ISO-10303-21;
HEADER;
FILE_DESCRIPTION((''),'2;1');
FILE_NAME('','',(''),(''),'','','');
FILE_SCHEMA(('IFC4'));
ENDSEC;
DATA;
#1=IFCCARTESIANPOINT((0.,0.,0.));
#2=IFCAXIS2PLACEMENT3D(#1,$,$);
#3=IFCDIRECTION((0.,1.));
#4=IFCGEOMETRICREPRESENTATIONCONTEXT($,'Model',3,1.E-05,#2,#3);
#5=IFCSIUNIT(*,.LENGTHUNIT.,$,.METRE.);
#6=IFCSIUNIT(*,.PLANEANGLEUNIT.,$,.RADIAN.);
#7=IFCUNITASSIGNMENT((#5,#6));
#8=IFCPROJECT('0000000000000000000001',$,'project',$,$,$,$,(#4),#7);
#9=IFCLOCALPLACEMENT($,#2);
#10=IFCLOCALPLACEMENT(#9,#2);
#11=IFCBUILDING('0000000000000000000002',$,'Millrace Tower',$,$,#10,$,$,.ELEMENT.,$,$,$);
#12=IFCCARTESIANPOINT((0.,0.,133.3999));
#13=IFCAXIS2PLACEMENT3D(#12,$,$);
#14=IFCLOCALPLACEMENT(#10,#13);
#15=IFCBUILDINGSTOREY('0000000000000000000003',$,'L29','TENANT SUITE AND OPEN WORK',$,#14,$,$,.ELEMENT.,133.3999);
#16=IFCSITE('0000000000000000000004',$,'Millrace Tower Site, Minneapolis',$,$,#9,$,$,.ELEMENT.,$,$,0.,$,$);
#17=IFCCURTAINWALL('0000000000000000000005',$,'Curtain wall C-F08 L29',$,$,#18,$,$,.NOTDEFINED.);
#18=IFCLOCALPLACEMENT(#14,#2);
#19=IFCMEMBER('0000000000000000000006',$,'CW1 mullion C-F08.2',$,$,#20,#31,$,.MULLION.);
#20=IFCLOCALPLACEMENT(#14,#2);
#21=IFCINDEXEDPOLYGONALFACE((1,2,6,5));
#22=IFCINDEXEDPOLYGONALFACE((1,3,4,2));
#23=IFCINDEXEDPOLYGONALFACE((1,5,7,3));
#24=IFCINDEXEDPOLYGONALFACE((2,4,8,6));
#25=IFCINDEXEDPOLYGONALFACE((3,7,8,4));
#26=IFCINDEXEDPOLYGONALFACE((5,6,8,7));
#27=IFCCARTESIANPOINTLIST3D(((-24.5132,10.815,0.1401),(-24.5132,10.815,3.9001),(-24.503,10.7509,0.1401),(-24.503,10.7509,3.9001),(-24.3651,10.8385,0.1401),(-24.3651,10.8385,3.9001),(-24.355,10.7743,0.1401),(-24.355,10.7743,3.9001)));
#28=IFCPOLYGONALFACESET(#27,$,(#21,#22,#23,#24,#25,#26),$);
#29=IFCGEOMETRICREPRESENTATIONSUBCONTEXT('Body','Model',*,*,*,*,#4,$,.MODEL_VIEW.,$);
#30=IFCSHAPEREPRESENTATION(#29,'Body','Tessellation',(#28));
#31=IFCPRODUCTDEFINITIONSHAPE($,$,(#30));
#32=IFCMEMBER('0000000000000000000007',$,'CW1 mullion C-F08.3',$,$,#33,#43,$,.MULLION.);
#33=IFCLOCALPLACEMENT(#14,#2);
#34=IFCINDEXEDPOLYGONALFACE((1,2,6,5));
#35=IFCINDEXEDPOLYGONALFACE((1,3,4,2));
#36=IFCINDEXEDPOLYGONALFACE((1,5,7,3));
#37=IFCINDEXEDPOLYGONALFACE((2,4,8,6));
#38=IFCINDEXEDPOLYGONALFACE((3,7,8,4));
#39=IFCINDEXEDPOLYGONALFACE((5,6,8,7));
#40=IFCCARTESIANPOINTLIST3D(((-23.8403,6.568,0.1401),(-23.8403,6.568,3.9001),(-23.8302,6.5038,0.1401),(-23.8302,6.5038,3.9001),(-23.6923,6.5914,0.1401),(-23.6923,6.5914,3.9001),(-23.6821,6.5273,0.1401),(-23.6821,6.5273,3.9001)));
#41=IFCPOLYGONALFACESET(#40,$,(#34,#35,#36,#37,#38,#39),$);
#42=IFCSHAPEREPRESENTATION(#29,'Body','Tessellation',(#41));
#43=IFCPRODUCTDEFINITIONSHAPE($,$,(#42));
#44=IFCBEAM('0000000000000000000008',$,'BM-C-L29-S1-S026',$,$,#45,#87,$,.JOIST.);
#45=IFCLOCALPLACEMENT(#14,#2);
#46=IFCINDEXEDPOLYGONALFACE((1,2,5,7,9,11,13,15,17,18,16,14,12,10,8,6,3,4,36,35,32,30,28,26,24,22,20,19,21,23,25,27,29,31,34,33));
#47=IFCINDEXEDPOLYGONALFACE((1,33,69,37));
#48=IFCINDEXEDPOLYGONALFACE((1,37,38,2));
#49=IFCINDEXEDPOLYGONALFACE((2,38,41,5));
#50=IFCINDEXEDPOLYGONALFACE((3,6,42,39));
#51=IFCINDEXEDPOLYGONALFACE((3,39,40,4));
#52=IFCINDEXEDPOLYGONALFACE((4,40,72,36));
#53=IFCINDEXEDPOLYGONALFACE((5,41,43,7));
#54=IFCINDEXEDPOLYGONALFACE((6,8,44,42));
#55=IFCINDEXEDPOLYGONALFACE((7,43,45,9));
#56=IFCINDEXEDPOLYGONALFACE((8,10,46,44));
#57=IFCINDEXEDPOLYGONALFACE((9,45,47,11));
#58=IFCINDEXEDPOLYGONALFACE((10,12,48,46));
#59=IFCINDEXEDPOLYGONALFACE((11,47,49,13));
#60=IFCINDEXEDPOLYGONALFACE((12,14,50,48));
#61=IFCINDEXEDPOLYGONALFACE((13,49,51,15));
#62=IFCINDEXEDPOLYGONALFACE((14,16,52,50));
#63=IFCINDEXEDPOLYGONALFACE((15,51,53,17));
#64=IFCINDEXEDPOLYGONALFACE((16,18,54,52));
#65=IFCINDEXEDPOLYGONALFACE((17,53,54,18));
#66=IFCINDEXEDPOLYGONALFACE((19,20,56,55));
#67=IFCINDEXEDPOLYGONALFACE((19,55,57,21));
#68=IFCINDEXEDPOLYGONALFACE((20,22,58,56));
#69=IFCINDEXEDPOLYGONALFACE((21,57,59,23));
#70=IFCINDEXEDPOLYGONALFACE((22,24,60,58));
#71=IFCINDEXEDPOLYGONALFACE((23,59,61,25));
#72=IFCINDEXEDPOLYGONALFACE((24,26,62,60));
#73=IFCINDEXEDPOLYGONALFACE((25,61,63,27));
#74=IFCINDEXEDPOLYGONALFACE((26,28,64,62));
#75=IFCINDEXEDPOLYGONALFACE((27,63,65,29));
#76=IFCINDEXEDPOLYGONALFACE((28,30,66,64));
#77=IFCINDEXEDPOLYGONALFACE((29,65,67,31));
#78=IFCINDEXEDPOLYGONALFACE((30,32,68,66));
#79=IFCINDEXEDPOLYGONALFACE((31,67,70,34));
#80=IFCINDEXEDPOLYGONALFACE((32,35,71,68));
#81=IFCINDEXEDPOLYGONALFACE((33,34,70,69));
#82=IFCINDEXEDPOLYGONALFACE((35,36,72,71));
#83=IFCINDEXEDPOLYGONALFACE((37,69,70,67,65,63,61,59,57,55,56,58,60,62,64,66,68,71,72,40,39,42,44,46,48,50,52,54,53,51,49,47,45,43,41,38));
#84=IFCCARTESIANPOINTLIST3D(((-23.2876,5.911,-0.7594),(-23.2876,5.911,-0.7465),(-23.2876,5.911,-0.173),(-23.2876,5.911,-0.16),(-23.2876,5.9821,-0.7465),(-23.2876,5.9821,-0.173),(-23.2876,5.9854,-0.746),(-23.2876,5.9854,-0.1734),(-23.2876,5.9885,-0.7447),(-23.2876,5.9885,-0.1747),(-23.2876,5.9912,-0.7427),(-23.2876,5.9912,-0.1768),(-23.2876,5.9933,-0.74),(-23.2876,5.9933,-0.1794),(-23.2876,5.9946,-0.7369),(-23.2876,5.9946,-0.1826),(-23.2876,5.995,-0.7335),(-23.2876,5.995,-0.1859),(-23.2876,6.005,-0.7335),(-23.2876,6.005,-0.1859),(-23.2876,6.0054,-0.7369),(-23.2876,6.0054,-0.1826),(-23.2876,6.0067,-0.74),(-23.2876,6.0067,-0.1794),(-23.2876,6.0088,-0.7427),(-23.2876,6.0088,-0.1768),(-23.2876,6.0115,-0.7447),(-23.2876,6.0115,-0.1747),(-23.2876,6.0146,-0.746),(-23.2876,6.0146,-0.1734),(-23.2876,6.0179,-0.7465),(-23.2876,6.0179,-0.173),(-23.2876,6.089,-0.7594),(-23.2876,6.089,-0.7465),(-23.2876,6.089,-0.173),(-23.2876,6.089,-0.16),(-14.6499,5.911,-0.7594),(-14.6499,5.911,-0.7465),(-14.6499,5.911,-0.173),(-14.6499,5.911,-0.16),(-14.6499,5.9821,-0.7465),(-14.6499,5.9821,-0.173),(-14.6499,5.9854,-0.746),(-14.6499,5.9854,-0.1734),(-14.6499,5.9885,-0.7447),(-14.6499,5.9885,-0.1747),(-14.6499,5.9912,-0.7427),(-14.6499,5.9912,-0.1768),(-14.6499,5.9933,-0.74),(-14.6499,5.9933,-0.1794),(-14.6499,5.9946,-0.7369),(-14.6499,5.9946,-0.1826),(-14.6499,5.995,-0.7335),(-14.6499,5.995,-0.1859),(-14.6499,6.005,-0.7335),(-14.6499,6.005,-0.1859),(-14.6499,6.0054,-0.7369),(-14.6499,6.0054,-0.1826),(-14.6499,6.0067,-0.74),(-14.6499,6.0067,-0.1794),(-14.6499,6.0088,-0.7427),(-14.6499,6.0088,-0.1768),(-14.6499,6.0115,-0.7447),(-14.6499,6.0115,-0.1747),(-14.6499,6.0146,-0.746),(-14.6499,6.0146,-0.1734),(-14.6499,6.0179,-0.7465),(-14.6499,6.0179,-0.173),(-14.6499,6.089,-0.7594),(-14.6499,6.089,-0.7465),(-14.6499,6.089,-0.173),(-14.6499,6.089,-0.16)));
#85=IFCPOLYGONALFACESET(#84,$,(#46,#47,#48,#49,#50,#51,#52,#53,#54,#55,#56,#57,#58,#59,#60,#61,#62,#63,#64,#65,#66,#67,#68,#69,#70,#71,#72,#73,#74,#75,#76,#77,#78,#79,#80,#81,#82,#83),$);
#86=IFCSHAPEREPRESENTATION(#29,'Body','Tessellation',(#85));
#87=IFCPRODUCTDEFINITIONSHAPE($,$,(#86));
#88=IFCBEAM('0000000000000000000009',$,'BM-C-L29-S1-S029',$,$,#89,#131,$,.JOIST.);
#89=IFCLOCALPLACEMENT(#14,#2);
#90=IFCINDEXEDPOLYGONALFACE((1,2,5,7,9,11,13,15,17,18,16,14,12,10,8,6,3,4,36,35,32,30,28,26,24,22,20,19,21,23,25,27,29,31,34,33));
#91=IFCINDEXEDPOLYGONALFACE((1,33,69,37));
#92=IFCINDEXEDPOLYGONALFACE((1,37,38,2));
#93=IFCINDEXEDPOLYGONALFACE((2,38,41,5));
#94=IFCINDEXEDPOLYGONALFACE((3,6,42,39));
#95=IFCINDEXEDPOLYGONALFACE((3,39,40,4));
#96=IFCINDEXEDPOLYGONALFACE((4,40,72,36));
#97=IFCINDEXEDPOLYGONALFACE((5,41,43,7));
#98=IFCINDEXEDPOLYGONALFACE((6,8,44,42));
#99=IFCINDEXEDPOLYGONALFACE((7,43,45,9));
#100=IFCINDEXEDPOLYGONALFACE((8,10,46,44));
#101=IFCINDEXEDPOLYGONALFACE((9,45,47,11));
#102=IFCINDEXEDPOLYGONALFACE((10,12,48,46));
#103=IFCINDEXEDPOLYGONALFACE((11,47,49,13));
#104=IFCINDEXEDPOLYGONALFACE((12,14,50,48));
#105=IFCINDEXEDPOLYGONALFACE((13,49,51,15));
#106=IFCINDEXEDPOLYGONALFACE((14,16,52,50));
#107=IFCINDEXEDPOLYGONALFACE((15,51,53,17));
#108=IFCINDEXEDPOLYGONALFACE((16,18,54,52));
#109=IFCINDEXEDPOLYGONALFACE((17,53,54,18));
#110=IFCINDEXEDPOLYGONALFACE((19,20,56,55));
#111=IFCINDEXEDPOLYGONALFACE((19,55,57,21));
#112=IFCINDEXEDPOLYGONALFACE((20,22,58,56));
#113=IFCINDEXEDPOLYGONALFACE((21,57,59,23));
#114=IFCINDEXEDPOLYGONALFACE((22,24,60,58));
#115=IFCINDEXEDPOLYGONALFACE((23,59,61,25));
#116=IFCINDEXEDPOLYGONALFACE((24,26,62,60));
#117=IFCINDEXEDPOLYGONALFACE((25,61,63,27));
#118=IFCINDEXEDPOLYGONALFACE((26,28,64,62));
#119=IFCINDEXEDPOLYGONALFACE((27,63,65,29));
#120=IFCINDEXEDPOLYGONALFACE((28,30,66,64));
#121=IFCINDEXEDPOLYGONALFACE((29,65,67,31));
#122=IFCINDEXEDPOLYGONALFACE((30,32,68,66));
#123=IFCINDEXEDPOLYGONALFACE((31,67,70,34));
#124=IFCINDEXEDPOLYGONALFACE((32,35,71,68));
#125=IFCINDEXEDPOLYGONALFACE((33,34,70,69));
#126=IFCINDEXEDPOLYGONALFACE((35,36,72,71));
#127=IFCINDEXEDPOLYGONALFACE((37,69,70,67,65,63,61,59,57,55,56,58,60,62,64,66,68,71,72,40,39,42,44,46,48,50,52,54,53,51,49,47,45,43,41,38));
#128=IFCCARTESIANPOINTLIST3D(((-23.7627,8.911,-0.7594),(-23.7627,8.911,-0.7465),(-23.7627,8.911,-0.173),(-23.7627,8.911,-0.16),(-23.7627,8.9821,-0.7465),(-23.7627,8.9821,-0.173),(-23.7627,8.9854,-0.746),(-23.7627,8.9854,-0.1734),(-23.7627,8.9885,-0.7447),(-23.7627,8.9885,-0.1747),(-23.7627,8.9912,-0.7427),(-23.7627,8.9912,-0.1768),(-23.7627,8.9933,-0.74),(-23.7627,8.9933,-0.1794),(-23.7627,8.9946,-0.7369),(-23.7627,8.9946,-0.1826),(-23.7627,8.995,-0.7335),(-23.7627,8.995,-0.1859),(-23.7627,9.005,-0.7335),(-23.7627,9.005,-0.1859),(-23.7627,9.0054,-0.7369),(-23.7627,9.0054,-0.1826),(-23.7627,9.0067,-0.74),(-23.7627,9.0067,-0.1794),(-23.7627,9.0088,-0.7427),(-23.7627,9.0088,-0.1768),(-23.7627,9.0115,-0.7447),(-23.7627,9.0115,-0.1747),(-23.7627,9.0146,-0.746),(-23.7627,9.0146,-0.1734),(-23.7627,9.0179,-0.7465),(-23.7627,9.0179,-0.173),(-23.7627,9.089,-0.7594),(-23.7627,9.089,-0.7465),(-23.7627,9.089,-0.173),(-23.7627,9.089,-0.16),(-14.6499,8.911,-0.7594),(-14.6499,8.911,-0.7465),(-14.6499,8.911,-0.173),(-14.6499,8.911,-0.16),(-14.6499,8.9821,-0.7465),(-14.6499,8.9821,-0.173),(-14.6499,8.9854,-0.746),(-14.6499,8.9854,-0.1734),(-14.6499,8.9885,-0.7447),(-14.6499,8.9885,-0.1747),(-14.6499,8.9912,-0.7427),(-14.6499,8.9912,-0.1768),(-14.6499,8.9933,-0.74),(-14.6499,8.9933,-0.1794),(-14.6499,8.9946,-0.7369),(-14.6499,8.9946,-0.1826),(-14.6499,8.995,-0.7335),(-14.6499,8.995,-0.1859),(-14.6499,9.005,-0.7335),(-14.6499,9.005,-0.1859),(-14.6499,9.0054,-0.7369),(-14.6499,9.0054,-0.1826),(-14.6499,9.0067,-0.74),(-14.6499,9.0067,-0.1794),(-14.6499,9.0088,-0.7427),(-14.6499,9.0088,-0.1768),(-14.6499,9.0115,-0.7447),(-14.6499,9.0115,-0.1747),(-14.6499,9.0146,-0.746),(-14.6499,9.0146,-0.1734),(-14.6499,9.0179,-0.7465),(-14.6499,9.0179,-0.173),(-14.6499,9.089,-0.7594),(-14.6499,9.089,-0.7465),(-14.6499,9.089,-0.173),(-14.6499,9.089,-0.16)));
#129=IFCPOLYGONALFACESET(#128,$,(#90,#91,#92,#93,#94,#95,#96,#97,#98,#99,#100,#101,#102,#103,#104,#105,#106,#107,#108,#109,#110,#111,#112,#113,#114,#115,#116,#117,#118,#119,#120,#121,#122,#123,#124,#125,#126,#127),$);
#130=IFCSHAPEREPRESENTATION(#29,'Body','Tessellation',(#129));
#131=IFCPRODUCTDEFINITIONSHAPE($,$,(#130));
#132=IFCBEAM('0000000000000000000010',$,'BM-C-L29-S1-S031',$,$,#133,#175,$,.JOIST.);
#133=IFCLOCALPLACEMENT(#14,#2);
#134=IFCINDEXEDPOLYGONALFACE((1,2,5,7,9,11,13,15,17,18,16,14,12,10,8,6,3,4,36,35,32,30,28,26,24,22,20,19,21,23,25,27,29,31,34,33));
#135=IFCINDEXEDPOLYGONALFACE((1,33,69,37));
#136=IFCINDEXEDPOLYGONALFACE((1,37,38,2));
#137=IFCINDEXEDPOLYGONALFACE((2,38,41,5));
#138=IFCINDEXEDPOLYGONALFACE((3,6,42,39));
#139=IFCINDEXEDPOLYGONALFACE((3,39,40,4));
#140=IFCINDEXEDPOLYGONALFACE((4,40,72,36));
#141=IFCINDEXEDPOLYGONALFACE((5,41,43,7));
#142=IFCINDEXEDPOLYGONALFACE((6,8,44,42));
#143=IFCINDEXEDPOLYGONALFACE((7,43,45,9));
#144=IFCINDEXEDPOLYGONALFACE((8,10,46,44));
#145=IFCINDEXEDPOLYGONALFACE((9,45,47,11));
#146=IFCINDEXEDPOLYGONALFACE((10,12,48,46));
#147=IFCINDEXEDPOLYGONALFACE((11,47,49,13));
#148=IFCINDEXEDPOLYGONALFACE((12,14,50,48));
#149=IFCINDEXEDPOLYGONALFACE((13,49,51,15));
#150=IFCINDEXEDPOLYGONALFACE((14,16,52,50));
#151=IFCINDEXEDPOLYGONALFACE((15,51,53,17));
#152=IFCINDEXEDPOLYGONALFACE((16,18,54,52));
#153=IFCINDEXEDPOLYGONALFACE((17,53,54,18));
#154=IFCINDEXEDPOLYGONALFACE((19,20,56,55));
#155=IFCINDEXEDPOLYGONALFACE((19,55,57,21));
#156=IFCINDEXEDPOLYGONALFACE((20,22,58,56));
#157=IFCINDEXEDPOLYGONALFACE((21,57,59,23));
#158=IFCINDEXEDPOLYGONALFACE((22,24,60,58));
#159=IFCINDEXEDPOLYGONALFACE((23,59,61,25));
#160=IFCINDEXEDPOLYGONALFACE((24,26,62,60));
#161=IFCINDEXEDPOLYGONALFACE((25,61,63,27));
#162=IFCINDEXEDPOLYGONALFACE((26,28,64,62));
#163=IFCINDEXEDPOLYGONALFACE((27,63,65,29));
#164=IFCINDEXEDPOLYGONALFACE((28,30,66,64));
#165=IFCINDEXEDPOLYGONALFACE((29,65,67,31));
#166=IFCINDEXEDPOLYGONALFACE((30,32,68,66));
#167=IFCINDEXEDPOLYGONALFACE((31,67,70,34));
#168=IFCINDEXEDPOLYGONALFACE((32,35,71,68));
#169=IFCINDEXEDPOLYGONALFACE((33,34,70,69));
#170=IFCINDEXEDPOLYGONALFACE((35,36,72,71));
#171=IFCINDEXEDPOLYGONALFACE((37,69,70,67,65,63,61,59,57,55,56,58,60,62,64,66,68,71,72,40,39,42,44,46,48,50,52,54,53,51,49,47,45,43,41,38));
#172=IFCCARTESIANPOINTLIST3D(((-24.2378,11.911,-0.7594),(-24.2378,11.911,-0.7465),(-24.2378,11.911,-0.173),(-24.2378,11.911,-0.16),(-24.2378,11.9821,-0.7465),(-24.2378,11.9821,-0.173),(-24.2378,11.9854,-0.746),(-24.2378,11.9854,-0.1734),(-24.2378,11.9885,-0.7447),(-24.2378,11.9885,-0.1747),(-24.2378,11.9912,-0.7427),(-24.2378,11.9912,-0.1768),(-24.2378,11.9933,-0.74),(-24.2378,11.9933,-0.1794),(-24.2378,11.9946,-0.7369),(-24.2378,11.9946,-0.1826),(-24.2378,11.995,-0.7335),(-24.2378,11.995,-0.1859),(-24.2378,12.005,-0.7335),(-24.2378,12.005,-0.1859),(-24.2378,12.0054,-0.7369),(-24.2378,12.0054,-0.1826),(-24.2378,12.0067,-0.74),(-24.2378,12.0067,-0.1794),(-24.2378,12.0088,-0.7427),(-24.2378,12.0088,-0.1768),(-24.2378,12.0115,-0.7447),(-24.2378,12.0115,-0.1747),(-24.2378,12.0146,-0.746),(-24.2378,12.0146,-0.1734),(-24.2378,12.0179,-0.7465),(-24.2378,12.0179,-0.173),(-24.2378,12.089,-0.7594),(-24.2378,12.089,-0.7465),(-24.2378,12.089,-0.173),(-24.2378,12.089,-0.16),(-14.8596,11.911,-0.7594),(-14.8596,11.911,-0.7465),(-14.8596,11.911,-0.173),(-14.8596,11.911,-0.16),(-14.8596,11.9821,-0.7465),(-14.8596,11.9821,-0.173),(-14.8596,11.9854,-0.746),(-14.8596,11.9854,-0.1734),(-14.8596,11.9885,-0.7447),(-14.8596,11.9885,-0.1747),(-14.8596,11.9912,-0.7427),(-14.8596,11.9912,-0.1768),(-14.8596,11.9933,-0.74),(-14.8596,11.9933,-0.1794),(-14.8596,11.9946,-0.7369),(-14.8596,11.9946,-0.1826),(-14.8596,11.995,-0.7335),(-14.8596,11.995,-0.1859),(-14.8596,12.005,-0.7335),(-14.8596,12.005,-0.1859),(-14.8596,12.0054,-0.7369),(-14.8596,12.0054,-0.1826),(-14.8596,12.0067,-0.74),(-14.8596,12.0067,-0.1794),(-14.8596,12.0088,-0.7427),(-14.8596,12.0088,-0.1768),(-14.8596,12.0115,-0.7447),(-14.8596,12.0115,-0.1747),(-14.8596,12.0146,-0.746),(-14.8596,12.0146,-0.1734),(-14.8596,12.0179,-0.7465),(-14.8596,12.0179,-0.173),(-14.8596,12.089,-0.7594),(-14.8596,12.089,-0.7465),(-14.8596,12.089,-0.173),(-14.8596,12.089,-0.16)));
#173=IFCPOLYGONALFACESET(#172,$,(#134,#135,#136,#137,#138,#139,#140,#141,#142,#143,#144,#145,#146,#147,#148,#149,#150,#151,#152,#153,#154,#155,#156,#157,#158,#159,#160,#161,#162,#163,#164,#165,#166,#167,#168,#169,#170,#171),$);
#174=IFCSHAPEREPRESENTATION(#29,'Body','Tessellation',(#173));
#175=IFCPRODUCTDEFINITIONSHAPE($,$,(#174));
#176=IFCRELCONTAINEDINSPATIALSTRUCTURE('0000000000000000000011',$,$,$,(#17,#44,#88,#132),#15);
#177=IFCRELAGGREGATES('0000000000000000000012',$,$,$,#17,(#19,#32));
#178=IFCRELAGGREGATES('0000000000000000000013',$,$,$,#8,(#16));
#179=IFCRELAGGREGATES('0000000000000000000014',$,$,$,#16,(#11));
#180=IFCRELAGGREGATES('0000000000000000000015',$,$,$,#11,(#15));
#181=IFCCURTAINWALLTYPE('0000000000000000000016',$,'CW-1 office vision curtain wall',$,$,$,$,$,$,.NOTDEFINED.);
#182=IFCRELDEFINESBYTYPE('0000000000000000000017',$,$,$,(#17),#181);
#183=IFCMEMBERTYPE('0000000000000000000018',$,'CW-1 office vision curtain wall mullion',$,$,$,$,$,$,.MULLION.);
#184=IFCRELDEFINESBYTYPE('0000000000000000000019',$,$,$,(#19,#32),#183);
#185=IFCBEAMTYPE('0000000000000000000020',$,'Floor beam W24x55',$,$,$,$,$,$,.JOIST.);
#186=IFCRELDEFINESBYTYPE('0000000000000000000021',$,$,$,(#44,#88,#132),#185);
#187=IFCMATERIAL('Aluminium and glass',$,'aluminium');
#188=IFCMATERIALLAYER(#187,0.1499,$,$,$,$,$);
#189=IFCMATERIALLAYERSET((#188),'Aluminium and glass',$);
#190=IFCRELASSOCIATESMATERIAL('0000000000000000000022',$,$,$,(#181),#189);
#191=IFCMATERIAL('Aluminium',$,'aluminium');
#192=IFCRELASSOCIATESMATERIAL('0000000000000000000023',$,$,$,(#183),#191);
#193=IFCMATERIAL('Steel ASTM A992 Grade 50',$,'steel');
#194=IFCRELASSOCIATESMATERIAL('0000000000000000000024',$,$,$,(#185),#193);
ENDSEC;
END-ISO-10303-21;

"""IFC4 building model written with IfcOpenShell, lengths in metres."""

from ifc_helpers import new_model, si_unit, direction, frame, origin, origin_2d, place, context, subcontext, project, spatial, rectangle, i_section, extrude, material, layer, layer_set, material_profile, profile_set, type_object, element, aggregate, save


model = new_model("IFC4")

# Units and contexts
model_context = context("Model", 3, precision=1e-05, world=origin(), true_north=direction((0.0, 1.0)))
body_context = subcontext(model_context, "Body", "Model", "MODEL_VIEW")
ifc_project = project(units=[si_unit("LENGTHUNIT", "METRE"), si_unit("PLANEANGLEUNIT", "RADIAN")], contexts=[model_context])

# Site, building, storey
site_placement = place(None, origin())
site = spatial("IfcSite", under=ifc_project, at=site_placement, Name="Millrace Tower Site, Minneapolis", CompositionType="ELEMENT", RefElevation=0.0)
building_placement = place(site_placement, origin())
building = spatial("IfcBuilding", under=site, at=building_placement, Name="Millrace Tower", CompositionType="ELEMENT")
storey_placement = place(building_placement, frame((0.0, 0.0, 133.3999)))
storey = spatial("IfcBuildingStorey", under=building, at=storey_placement, Name="L29", Description="TENANT SUITE AND OPEN WORK", CompositionType="ELEMENT", Elevation=133.3999)

# Curtain wall, members
ifc_material_1 = material(Name="Aluminium and glass", Category="aluminium")
ifc_layer_1 = layer(ifc_material_1, 0.1499)
ifc_layer_set_1 = layer_set([ifc_layer_1], Name="Aluminium and glass")
curtain_wall_type = type_object("IfcCurtainWallType", Name="CW-1 office vision curtain wall", PredefinedType="NOTDEFINED", material=ifc_layer_set_1)
placement = place(storey_placement, origin())
curtain_wall = element("IfcCurtainWall", 1, at=placement, inside=storey, type_object=curtain_wall_type, Name="Curtain wall C-F08 L29", PredefinedType="NOTDEFINED")
ifc_material_2 = material(Name="Aluminium", Category="aluminium")
ifc_material_profile_1 = material_profile(ifc_material_2, rectangle(XDim=0.0649, YDim=0.1499, at=origin_2d()))
ifc_profile_set_1 = profile_set([ifc_material_profile_1], Name="Aluminium")
member_type = type_object("IfcMemberType", Name="CW-1 office vision curtain wall mullion", PredefinedType="MULLION", material=ifc_profile_set_1)
member_1_placement = place(storey_placement, frame((-24.4341, 10.7947, 0.1401), z_axis=(0.0, 0.0, 1.0), x_axis=(0.156434, -0.987688, 0.0)))
member_1 = element("IfcMember", 2, at=member_1_placement, type_object=member_type, Name="CW1 mullion C-F08.2", PredefinedType="MULLION", context=body_context, shape_type="SweptSolid", body=[
    extrude(rectangle(XDim=0.0649, YDim=0.1499, at=origin_2d()), origin(), (0.0, 0.0, 1.0), 3.76),
])
member_2_placement = place(storey_placement, frame((-23.7612, 6.5476, 0.1401), z_axis=(0.0, 0.0, 1.0), x_axis=(0.156434, -0.987688, 0.0)))
member_2 = element("IfcMember", 3, at=member_2_placement, type_object=member_type, Name="CW1 mullion C-F08.3", PredefinedType="MULLION", context=body_context, shape_type="SweptSolid", body=[
    extrude(rectangle(XDim=0.0649, YDim=0.1499, at=origin_2d()), origin(), (0.0, 0.0, 1.0), 3.76),
])
aggregate(curtain_wall, [member_1, member_2])

# Beams
ifc_material_3 = material(Name="Steel ASTM A992 Grade 50", Category="steel")
ifc_material_profile_2 = material_profile(ifc_material_3, i_section(OverallWidth=0.178, OverallDepth=0.5994, WebThickness=0.01, FlangeThickness=0.0129, FilletRadius=0.0129, at=origin_2d()))
ifc_profile_set_2 = profile_set([ifc_material_profile_2], Name="Steel ASTM A992 Grade 50")
beam_type_1 = type_object("IfcBeamType", Name="Floor beam W24x55", PredefinedType="JOIST", material=ifc_profile_set_2)
beam_1_placement = place(storey_placement, frame((-23.2876, 6.0, -0.4597), z_axis=(1.0, 0.0, 0.0), x_axis=(0.0, 1.0, 0.0)))
element("IfcBeam", 4, at=beam_1_placement, inside=storey, type_object=beam_type_1, Name="BM-C-L29-S1-S026", PredefinedType="JOIST", context=body_context, shape_type="SweptSolid", body=[
    extrude(i_section(OverallWidth=0.178, OverallDepth=0.5994, WebThickness=0.01, FlangeThickness=0.0129, FilletRadius=0.0129, at=origin_2d()), origin(), (0.0, 0.0, 1.0), 8.6377),
])
beam_2_placement = place(storey_placement, frame((-23.7627, 9.0, -0.4597), z_axis=(1.0, 0.0, 0.0), x_axis=(0.0, 1.0, 0.0)))
element("IfcBeam", 5, at=beam_2_placement, inside=storey, type_object=beam_type_1, Name="BM-C-L29-S1-S029", PredefinedType="JOIST", context=body_context, shape_type="SweptSolid", body=[
    extrude(i_section(OverallWidth=0.178, OverallDepth=0.5994, WebThickness=0.01, FlangeThickness=0.0129, FilletRadius=0.0129, at=origin_2d()), origin(), (0.0, 0.0, 1.0), 9.1128),
])
beam_3_placement = place(storey_placement, frame((-24.2378, 12.0, -0.4597), z_axis=(1.0, 0.0, 0.0), x_axis=(0.0, 1.0, 0.0)))
element("IfcBeam", 6, at=beam_3_placement, inside=storey, type_object=beam_type_1, Name="BM-C-L29-S1-S031", PredefinedType="JOIST", context=body_context, shape_type="SweptSolid", body=[
    extrude(i_section(OverallWidth=0.178, OverallDepth=0.5994, WebThickness=0.01, FlangeThickness=0.0129, FilletRadius=0.0129, at=origin_2d()), origin(), (0.0, 0.0, 1.0), 9.3782),
])

save(model, "model.ifc")
